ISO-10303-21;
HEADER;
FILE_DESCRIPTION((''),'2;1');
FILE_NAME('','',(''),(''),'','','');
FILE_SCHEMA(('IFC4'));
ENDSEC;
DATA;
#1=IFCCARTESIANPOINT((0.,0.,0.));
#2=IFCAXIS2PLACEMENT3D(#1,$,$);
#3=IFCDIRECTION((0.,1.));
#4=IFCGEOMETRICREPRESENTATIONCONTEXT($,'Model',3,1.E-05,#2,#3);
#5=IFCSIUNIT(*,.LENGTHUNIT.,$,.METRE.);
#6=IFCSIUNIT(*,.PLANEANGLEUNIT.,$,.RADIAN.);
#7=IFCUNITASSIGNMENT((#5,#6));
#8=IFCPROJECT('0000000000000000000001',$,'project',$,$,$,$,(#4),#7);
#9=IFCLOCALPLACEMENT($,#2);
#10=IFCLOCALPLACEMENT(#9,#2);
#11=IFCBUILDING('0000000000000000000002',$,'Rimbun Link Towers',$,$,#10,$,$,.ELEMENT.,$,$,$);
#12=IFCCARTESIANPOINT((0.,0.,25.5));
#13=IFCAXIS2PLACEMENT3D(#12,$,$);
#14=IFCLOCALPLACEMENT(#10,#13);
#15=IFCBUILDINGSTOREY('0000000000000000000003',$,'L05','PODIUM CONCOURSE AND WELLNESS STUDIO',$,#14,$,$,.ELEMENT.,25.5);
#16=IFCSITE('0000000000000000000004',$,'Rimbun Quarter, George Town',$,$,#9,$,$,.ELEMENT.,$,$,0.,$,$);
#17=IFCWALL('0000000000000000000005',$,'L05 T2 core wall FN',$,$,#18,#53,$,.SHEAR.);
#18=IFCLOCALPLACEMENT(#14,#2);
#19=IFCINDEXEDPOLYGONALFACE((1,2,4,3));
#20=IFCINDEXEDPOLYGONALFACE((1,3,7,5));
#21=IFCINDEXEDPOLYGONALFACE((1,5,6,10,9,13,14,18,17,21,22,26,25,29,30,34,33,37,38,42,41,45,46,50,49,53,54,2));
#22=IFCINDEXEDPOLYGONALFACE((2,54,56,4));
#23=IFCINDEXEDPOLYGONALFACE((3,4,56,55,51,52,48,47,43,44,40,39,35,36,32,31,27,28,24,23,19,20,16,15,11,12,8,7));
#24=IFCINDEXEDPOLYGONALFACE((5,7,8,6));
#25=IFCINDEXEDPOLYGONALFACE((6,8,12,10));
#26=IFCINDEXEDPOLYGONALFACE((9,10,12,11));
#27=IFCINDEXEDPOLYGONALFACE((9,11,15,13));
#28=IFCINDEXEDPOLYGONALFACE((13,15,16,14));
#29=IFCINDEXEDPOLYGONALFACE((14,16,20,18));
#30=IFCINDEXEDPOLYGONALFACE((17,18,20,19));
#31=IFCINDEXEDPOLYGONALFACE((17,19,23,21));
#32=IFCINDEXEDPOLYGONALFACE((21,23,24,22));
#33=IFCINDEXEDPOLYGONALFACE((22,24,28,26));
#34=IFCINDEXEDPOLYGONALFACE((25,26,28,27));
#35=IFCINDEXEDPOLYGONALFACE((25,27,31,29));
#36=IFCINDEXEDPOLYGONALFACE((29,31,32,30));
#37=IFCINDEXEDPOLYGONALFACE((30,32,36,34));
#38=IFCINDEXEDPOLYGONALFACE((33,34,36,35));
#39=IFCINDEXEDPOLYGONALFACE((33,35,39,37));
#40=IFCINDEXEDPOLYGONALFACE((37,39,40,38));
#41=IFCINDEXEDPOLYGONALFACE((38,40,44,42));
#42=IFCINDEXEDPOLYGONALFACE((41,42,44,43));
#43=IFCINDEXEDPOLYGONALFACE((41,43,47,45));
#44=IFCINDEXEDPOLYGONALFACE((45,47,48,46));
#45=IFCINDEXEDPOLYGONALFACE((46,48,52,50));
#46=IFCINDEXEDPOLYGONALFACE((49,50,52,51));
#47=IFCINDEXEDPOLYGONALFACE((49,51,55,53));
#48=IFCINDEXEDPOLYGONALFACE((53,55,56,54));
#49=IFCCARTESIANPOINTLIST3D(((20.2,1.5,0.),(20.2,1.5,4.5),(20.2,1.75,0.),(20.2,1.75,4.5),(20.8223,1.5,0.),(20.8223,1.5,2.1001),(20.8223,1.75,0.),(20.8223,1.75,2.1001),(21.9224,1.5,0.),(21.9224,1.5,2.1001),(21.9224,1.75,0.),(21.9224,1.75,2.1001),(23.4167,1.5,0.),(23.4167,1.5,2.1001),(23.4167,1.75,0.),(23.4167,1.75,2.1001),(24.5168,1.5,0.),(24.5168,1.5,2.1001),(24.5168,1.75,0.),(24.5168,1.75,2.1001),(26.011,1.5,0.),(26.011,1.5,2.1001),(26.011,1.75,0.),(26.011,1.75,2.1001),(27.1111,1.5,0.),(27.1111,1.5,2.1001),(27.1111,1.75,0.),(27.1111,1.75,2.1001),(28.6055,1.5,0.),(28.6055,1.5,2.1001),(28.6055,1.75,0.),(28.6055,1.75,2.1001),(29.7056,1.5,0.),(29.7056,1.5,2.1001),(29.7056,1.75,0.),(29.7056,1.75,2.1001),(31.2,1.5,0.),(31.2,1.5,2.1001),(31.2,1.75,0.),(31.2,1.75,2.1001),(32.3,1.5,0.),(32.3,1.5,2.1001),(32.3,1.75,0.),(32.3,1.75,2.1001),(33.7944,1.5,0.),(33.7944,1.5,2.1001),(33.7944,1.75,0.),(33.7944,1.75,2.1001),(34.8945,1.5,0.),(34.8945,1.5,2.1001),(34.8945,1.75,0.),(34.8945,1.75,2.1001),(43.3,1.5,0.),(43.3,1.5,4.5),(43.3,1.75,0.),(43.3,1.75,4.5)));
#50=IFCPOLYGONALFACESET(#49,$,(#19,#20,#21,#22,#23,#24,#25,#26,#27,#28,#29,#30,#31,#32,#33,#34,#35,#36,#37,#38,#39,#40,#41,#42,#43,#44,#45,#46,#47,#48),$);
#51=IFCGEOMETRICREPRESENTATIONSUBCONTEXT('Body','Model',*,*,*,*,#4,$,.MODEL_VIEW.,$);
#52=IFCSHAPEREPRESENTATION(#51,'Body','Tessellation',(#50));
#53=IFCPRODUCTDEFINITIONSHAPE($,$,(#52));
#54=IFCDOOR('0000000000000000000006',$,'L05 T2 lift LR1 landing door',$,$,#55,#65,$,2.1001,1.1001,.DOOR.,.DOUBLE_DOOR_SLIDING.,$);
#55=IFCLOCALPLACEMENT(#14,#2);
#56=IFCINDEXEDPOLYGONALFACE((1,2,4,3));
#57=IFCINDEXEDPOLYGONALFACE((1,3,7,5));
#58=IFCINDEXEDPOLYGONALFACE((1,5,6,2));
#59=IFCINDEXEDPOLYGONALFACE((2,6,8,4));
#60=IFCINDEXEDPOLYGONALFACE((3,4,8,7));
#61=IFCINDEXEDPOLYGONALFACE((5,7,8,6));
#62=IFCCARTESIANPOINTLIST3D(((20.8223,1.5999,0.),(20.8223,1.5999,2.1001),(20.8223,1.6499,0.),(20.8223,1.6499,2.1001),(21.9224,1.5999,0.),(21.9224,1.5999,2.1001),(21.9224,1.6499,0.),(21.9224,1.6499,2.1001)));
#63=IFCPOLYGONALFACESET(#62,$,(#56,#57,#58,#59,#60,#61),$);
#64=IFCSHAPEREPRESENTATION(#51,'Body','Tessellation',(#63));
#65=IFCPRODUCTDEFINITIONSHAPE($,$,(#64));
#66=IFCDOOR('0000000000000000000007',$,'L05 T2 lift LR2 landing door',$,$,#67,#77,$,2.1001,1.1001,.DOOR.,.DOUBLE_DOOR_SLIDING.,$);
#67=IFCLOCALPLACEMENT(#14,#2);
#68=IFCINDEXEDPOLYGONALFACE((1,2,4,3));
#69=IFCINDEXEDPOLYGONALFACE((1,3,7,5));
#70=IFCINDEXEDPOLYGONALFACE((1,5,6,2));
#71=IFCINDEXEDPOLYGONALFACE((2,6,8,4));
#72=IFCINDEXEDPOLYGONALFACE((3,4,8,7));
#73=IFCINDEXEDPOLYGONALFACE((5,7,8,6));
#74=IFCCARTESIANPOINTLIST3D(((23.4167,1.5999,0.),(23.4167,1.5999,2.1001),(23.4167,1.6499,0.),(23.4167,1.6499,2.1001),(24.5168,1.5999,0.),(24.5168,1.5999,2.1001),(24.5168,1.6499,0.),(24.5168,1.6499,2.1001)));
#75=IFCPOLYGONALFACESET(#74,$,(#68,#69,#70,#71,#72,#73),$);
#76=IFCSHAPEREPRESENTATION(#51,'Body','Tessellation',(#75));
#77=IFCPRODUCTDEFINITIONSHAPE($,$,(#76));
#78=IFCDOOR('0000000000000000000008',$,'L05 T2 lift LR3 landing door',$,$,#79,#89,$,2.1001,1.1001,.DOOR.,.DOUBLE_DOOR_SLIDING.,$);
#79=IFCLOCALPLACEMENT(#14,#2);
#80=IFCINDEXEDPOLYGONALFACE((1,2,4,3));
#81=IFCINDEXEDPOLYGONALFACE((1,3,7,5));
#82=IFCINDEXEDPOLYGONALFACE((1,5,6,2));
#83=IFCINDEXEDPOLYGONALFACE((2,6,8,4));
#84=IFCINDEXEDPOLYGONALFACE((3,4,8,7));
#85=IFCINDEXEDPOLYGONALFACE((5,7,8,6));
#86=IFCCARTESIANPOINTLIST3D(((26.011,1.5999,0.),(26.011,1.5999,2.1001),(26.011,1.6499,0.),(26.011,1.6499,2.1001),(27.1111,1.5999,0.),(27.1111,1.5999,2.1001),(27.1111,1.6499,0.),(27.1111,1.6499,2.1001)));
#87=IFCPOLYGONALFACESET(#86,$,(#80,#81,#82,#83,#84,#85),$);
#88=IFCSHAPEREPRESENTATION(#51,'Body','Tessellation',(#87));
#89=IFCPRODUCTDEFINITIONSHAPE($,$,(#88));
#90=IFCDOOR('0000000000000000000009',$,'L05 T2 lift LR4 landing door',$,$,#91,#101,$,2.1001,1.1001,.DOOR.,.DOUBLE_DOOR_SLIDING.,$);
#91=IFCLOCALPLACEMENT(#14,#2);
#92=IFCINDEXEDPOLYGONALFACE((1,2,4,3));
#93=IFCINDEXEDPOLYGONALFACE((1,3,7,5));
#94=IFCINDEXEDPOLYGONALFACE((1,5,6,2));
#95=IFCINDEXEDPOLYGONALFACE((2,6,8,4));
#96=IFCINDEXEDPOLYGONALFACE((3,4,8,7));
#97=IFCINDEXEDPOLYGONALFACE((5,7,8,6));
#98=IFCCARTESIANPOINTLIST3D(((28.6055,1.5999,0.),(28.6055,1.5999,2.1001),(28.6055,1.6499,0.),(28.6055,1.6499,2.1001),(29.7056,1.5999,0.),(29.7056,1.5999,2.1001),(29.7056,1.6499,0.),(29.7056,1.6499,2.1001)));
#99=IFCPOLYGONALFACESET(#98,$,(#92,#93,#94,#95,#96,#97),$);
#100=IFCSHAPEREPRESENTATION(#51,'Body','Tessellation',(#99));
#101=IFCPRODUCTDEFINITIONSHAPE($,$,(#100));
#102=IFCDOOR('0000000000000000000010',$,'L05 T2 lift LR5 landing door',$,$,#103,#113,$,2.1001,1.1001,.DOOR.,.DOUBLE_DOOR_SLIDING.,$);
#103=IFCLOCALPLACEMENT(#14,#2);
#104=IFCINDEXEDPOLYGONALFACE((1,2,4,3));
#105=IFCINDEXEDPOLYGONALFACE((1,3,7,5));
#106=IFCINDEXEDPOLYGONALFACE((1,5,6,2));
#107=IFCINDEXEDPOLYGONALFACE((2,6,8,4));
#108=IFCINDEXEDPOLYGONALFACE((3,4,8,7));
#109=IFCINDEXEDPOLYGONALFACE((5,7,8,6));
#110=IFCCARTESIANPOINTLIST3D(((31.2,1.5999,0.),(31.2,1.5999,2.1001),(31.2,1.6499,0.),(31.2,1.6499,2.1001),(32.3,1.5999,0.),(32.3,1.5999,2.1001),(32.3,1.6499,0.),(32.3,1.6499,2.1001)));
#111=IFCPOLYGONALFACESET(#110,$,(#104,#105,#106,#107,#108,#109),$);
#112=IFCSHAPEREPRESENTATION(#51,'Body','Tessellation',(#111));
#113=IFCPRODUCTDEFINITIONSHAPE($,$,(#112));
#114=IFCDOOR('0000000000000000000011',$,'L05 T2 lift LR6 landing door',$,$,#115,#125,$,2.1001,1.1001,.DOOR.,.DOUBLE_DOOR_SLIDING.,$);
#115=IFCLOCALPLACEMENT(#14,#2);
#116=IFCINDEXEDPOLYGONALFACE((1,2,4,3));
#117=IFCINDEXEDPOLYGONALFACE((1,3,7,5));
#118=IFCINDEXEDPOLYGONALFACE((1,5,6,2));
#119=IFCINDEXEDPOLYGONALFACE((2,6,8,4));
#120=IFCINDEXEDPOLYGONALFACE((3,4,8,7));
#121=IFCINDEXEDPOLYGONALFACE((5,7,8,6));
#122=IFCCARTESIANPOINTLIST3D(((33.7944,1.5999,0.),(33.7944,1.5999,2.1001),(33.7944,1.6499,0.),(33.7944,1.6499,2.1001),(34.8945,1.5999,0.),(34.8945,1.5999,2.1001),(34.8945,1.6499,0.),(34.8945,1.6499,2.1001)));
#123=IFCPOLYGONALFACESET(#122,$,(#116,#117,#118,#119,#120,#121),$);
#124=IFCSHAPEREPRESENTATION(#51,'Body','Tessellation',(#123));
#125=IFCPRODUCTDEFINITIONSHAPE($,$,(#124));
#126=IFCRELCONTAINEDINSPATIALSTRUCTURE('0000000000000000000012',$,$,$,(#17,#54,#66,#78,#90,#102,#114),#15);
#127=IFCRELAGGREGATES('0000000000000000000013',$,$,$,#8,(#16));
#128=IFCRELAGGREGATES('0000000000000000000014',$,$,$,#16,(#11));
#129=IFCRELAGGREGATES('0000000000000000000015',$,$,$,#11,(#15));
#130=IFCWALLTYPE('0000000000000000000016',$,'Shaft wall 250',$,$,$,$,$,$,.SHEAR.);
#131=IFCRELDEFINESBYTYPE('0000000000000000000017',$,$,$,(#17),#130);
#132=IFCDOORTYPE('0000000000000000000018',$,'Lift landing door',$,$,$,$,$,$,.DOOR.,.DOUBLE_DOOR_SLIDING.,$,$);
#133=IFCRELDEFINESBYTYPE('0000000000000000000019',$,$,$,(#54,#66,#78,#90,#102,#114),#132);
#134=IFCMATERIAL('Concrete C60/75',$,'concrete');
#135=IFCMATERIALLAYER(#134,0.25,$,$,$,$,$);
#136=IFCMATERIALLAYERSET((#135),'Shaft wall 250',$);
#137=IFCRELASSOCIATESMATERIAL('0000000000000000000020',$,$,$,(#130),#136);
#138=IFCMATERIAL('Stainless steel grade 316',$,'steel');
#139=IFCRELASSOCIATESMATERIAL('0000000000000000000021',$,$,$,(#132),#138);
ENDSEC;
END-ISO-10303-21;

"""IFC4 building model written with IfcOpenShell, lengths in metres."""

from ifc_helpers import new_model, si_unit, direction, frame, frame_2d, origin, place, context, subcontext, project, spatial, rectangle, extrude, material, layer, layer_set, type_object, element, fill, save


model = new_model("IFC4")

# Units and contexts
model_context = context("Model", 3, precision=1e-05, world=origin(), true_north=direction((0.0, 1.0)))
body_context = subcontext(model_context, "Body", "Model", "MODEL_VIEW")
ifc_project = project(units=[si_unit("LENGTHUNIT", "METRE"), si_unit("PLANEANGLEUNIT", "RADIAN")], contexts=[model_context])

# Site, building, storey
site_placement = place(None, origin())
site = spatial("IfcSite", under=ifc_project, at=site_placement, Name="Rimbun Quarter, George Town", CompositionType="ELEMENT", RefElevation=0.0)
building_placement = place(site_placement, origin())
building = spatial("IfcBuilding", under=site, at=building_placement, Name="Rimbun Link Towers", CompositionType="ELEMENT")
storey_placement = place(building_placement, frame((0.0, 0.0, 25.5)))
storey = spatial("IfcBuildingStorey", under=building, at=storey_placement, Name="L05", Description="PODIUM CONCOURSE AND WELLNESS STUDIO", CompositionType="ELEMENT", Elevation=25.5)

# Shared definitions
ifc_material_1 = material(Name="Concrete C60/75", Category="concrete")
ifc_layer_1 = layer(ifc_material_1, 0.25)
ifc_layer_set_1 = layer_set([ifc_layer_1], Name="Shaft wall 250")
wall_type_1 = type_object("IfcWallType", Name="Shaft wall 250", PredefinedType="SHEAR", material=ifc_layer_set_1)

# Wall, openings, doors
wall_1_placement = place(storey_placement, frame((20.2, 1.625, 0.0), z_axis=(0.0, 0.0, 1.0), x_axis=(1.0, 0.0, 0.0)))
wall_1 = element("IfcWall", 1, at=wall_1_placement, inside=storey, type_object=wall_type_1, Name="L05 T2 core wall FN", PredefinedType="SHEAR", context=body_context, shape_type="SweptSolid", body=[
    extrude(rectangle(XDim=23.1001, YDim=0.25, at=frame_2d((11.55, 0.0))), origin(), (0.0, 0.0, 1.0), 4.5),
])
opening_1_placement = place(wall_1_placement, frame((0.6223, 0.0, 0.0)))
opening_1 = element("IfcOpeningElement", 2, at=opening_1_placement, cuts=wall_1, PredefinedType="OPENING", context=body_context, shape_type="SweptSolid", body=[
    extrude(rectangle(XDim=1.1001, YDim=2.1001, at=frame_2d((0.55, 1.05))), frame((0.0, 0.135, 0.0), z_axis=(0.0, -1.0, 0.0), x_axis=(1.0, 0.0, 0.0)), (0.0, 0.0, 1.0), 0.27),
])
opening_2_placement = place(wall_1_placement, frame((3.2168, 0.0, 0.0)))
opening_2 = element("IfcOpeningElement", 3, at=opening_2_placement, cuts=wall_1, PredefinedType="OPENING", context=body_context, shape_type="SweptSolid", body=[
    extrude(rectangle(XDim=1.1001, YDim=2.1001, at=frame_2d((0.55, 1.05))), frame((0.0, 0.135, 0.0), z_axis=(0.0, -1.0, 0.0), x_axis=(1.0, 0.0, 0.0)), (0.0, 0.0, 1.0), 0.27),
])
opening_3_placement = place(wall_1_placement, frame((5.811, 0.0, 0.0)))
opening_3 = element("IfcOpeningElement", 4, at=opening_3_placement, cuts=wall_1, PredefinedType="OPENING", context=body_context, shape_type="SweptSolid", body=[
    extrude(rectangle(XDim=1.1001, YDim=2.1001, at=frame_2d((0.55, 1.05))), frame((0.0, 0.135, 0.0), z_axis=(0.0, -1.0, 0.0), x_axis=(1.0, 0.0, 0.0)), (0.0, 0.0, 1.0), 0.27),
])
opening_4_placement = place(wall_1_placement, frame((8.4055, 0.0, 0.0)))
opening_4 = element("IfcOpeningElement", 5, at=opening_4_placement, cuts=wall_1, PredefinedType="OPENING", context=body_context, shape_type="SweptSolid", body=[
    extrude(rectangle(XDim=1.1001, YDim=2.1001, at=frame_2d((0.55, 1.05))), frame((0.0, 0.135, 0.0), z_axis=(0.0, -1.0, 0.0), x_axis=(1.0, 0.0, 0.0)), (0.0, 0.0, 1.0), 0.27),
])
opening_5_placement = place(wall_1_placement, frame((11.0, 0.0, 0.0)))
opening_5 = element("IfcOpeningElement", 6, at=opening_5_placement, cuts=wall_1, PredefinedType="OPENING", context=body_context, shape_type="SweptSolid", body=[
    extrude(rectangle(XDim=1.1001, YDim=2.1001, at=frame_2d((0.55, 1.05))), frame((0.0, 0.135, 0.0), z_axis=(0.0, -1.0, 0.0), x_axis=(1.0, 0.0, 0.0)), (0.0, 0.0, 1.0), 0.27),
])
opening_6_placement = place(wall_1_placement, frame((13.5945, 0.0, 0.0)))
opening_6 = element("IfcOpeningElement", 7, at=opening_6_placement, cuts=wall_1, PredefinedType="OPENING", context=body_context, shape_type="SweptSolid", body=[
    extrude(rectangle(XDim=1.1001, YDim=2.1001, at=frame_2d((0.55, 1.05))), frame((0.0, 0.135, 0.0), z_axis=(0.0, -1.0, 0.0), x_axis=(1.0, 0.0, 0.0)), (0.0, 0.0, 1.0), 0.27),
])
ifc_material_2 = material(Name="Stainless steel grade 316", Category="steel")
door_type_1 = type_object("IfcDoorType", Name="Lift landing door", OperationType="DOUBLE_DOOR_SLIDING", PredefinedType="DOOR", material=ifc_material_2)
door_1_placement = place(opening_1_placement, origin())
door_1 = element("IfcDoor", 8, at=door_1_placement, inside=storey, type_object=door_type_1, Name="L05 T2 lift LR1 landing door", OperationType="DOUBLE_DOOR_SLIDING", OverallHeight=2.1001, OverallWidth=1.1001, PredefinedType="DOOR", context=body_context, shape_type="SweptSolid", body=[
    extrude(rectangle(XDim=1.1001, YDim=2.1001, at=frame_2d((0.55, 1.05))), frame((0.0, 0.0249, 0.0), z_axis=(0.0, -1.0, 0.0), x_axis=(1.0, 0.0, 0.0)), (0.0, 0.0, 1.0), 0.05),
])
fill(opening_1, door_1)
door_2_placement = place(opening_2_placement, origin())
door_2 = element("IfcDoor", 9, at=door_2_placement, inside=storey, type_object=door_type_1, Name="L05 T2 lift LR2 landing door", OperationType="DOUBLE_DOOR_SLIDING", OverallHeight=2.1001, OverallWidth=1.1001, PredefinedType="DOOR", context=body_context, shape_type="SweptSolid", body=[
    extrude(rectangle(XDim=1.1001, YDim=2.1001, at=frame_2d((0.55, 1.05))), frame((0.0, 0.0249, 0.0), z_axis=(0.0, -1.0, 0.0), x_axis=(1.0, 0.0, 0.0)), (0.0, 0.0, 1.0), 0.05),
])
fill(opening_2, door_2)
door_3_placement = place(opening_3_placement, origin())
door_3 = element("IfcDoor", 10, at=door_3_placement, inside=storey, type_object=door_type_1, Name="L05 T2 lift LR3 landing door", OperationType="DOUBLE_DOOR_SLIDING", OverallHeight=2.1001, OverallWidth=1.1001, PredefinedType="DOOR", context=body_context, shape_type="SweptSolid", body=[
    extrude(rectangle(XDim=1.1001, YDim=2.1001, at=frame_2d((0.55, 1.05))), frame((0.0, 0.0249, 0.0), z_axis=(0.0, -1.0, 0.0), x_axis=(1.0, 0.0, 0.0)), (0.0, 0.0, 1.0), 0.05),
])
fill(opening_3, door_3)
door_4_placement = place(opening_4_placement, origin())
door_4 = element("IfcDoor", 11, at=door_4_placement, inside=storey, type_object=door_type_1, Name="L05 T2 lift LR4 landing door", OperationType="DOUBLE_DOOR_SLIDING", OverallHeight=2.1001, OverallWidth=1.1001, PredefinedType="DOOR", context=body_context, shape_type="SweptSolid", body=[
    extrude(rectangle(XDim=1.1001, YDim=2.1001, at=frame_2d((0.55, 1.05))), frame((0.0, 0.0249, 0.0), z_axis=(0.0, -1.0, 0.0), x_axis=(1.0, 0.0, 0.0)), (0.0, 0.0, 1.0), 0.05),
])
fill(opening_4, door_4)
door_5_placement = place(opening_5_placement, origin())
door_5 = element("IfcDoor", 12, at=door_5_placement, inside=storey, type_object=door_type_1, Name="L05 T2 lift LR5 landing door", OperationType="DOUBLE_DOOR_SLIDING", OverallHeight=2.1001, OverallWidth=1.1001, PredefinedType="DOOR", context=body_context, shape_type="SweptSolid", body=[
    extrude(rectangle(XDim=1.1001, YDim=2.1001, at=frame_2d((0.55, 1.05))), frame((0.0, 0.0249, 0.0), z_axis=(0.0, -1.0, 0.0), x_axis=(1.0, 0.0, 0.0)), (0.0, 0.0, 1.0), 0.05),
])
fill(opening_5, door_5)
door_6_placement = place(opening_6_placement, origin())
door_6 = element("IfcDoor", 13, at=door_6_placement, inside=storey, type_object=door_type_1, Name="L05 T2 lift LR6 landing door", OperationType="DOUBLE_DOOR_SLIDING", OverallHeight=2.1001, OverallWidth=1.1001, PredefinedType="DOOR", context=body_context, shape_type="SweptSolid", body=[
    extrude(rectangle(XDim=1.1001, YDim=2.1001, at=frame_2d((0.55, 1.05))), frame((0.0, 0.0249, 0.0), z_axis=(0.0, -1.0, 0.0), x_axis=(1.0, 0.0, 0.0)), (0.0, 0.0, 1.0), 0.05),
])
fill(opening_6, door_6)

save(model, "model.ifc")
